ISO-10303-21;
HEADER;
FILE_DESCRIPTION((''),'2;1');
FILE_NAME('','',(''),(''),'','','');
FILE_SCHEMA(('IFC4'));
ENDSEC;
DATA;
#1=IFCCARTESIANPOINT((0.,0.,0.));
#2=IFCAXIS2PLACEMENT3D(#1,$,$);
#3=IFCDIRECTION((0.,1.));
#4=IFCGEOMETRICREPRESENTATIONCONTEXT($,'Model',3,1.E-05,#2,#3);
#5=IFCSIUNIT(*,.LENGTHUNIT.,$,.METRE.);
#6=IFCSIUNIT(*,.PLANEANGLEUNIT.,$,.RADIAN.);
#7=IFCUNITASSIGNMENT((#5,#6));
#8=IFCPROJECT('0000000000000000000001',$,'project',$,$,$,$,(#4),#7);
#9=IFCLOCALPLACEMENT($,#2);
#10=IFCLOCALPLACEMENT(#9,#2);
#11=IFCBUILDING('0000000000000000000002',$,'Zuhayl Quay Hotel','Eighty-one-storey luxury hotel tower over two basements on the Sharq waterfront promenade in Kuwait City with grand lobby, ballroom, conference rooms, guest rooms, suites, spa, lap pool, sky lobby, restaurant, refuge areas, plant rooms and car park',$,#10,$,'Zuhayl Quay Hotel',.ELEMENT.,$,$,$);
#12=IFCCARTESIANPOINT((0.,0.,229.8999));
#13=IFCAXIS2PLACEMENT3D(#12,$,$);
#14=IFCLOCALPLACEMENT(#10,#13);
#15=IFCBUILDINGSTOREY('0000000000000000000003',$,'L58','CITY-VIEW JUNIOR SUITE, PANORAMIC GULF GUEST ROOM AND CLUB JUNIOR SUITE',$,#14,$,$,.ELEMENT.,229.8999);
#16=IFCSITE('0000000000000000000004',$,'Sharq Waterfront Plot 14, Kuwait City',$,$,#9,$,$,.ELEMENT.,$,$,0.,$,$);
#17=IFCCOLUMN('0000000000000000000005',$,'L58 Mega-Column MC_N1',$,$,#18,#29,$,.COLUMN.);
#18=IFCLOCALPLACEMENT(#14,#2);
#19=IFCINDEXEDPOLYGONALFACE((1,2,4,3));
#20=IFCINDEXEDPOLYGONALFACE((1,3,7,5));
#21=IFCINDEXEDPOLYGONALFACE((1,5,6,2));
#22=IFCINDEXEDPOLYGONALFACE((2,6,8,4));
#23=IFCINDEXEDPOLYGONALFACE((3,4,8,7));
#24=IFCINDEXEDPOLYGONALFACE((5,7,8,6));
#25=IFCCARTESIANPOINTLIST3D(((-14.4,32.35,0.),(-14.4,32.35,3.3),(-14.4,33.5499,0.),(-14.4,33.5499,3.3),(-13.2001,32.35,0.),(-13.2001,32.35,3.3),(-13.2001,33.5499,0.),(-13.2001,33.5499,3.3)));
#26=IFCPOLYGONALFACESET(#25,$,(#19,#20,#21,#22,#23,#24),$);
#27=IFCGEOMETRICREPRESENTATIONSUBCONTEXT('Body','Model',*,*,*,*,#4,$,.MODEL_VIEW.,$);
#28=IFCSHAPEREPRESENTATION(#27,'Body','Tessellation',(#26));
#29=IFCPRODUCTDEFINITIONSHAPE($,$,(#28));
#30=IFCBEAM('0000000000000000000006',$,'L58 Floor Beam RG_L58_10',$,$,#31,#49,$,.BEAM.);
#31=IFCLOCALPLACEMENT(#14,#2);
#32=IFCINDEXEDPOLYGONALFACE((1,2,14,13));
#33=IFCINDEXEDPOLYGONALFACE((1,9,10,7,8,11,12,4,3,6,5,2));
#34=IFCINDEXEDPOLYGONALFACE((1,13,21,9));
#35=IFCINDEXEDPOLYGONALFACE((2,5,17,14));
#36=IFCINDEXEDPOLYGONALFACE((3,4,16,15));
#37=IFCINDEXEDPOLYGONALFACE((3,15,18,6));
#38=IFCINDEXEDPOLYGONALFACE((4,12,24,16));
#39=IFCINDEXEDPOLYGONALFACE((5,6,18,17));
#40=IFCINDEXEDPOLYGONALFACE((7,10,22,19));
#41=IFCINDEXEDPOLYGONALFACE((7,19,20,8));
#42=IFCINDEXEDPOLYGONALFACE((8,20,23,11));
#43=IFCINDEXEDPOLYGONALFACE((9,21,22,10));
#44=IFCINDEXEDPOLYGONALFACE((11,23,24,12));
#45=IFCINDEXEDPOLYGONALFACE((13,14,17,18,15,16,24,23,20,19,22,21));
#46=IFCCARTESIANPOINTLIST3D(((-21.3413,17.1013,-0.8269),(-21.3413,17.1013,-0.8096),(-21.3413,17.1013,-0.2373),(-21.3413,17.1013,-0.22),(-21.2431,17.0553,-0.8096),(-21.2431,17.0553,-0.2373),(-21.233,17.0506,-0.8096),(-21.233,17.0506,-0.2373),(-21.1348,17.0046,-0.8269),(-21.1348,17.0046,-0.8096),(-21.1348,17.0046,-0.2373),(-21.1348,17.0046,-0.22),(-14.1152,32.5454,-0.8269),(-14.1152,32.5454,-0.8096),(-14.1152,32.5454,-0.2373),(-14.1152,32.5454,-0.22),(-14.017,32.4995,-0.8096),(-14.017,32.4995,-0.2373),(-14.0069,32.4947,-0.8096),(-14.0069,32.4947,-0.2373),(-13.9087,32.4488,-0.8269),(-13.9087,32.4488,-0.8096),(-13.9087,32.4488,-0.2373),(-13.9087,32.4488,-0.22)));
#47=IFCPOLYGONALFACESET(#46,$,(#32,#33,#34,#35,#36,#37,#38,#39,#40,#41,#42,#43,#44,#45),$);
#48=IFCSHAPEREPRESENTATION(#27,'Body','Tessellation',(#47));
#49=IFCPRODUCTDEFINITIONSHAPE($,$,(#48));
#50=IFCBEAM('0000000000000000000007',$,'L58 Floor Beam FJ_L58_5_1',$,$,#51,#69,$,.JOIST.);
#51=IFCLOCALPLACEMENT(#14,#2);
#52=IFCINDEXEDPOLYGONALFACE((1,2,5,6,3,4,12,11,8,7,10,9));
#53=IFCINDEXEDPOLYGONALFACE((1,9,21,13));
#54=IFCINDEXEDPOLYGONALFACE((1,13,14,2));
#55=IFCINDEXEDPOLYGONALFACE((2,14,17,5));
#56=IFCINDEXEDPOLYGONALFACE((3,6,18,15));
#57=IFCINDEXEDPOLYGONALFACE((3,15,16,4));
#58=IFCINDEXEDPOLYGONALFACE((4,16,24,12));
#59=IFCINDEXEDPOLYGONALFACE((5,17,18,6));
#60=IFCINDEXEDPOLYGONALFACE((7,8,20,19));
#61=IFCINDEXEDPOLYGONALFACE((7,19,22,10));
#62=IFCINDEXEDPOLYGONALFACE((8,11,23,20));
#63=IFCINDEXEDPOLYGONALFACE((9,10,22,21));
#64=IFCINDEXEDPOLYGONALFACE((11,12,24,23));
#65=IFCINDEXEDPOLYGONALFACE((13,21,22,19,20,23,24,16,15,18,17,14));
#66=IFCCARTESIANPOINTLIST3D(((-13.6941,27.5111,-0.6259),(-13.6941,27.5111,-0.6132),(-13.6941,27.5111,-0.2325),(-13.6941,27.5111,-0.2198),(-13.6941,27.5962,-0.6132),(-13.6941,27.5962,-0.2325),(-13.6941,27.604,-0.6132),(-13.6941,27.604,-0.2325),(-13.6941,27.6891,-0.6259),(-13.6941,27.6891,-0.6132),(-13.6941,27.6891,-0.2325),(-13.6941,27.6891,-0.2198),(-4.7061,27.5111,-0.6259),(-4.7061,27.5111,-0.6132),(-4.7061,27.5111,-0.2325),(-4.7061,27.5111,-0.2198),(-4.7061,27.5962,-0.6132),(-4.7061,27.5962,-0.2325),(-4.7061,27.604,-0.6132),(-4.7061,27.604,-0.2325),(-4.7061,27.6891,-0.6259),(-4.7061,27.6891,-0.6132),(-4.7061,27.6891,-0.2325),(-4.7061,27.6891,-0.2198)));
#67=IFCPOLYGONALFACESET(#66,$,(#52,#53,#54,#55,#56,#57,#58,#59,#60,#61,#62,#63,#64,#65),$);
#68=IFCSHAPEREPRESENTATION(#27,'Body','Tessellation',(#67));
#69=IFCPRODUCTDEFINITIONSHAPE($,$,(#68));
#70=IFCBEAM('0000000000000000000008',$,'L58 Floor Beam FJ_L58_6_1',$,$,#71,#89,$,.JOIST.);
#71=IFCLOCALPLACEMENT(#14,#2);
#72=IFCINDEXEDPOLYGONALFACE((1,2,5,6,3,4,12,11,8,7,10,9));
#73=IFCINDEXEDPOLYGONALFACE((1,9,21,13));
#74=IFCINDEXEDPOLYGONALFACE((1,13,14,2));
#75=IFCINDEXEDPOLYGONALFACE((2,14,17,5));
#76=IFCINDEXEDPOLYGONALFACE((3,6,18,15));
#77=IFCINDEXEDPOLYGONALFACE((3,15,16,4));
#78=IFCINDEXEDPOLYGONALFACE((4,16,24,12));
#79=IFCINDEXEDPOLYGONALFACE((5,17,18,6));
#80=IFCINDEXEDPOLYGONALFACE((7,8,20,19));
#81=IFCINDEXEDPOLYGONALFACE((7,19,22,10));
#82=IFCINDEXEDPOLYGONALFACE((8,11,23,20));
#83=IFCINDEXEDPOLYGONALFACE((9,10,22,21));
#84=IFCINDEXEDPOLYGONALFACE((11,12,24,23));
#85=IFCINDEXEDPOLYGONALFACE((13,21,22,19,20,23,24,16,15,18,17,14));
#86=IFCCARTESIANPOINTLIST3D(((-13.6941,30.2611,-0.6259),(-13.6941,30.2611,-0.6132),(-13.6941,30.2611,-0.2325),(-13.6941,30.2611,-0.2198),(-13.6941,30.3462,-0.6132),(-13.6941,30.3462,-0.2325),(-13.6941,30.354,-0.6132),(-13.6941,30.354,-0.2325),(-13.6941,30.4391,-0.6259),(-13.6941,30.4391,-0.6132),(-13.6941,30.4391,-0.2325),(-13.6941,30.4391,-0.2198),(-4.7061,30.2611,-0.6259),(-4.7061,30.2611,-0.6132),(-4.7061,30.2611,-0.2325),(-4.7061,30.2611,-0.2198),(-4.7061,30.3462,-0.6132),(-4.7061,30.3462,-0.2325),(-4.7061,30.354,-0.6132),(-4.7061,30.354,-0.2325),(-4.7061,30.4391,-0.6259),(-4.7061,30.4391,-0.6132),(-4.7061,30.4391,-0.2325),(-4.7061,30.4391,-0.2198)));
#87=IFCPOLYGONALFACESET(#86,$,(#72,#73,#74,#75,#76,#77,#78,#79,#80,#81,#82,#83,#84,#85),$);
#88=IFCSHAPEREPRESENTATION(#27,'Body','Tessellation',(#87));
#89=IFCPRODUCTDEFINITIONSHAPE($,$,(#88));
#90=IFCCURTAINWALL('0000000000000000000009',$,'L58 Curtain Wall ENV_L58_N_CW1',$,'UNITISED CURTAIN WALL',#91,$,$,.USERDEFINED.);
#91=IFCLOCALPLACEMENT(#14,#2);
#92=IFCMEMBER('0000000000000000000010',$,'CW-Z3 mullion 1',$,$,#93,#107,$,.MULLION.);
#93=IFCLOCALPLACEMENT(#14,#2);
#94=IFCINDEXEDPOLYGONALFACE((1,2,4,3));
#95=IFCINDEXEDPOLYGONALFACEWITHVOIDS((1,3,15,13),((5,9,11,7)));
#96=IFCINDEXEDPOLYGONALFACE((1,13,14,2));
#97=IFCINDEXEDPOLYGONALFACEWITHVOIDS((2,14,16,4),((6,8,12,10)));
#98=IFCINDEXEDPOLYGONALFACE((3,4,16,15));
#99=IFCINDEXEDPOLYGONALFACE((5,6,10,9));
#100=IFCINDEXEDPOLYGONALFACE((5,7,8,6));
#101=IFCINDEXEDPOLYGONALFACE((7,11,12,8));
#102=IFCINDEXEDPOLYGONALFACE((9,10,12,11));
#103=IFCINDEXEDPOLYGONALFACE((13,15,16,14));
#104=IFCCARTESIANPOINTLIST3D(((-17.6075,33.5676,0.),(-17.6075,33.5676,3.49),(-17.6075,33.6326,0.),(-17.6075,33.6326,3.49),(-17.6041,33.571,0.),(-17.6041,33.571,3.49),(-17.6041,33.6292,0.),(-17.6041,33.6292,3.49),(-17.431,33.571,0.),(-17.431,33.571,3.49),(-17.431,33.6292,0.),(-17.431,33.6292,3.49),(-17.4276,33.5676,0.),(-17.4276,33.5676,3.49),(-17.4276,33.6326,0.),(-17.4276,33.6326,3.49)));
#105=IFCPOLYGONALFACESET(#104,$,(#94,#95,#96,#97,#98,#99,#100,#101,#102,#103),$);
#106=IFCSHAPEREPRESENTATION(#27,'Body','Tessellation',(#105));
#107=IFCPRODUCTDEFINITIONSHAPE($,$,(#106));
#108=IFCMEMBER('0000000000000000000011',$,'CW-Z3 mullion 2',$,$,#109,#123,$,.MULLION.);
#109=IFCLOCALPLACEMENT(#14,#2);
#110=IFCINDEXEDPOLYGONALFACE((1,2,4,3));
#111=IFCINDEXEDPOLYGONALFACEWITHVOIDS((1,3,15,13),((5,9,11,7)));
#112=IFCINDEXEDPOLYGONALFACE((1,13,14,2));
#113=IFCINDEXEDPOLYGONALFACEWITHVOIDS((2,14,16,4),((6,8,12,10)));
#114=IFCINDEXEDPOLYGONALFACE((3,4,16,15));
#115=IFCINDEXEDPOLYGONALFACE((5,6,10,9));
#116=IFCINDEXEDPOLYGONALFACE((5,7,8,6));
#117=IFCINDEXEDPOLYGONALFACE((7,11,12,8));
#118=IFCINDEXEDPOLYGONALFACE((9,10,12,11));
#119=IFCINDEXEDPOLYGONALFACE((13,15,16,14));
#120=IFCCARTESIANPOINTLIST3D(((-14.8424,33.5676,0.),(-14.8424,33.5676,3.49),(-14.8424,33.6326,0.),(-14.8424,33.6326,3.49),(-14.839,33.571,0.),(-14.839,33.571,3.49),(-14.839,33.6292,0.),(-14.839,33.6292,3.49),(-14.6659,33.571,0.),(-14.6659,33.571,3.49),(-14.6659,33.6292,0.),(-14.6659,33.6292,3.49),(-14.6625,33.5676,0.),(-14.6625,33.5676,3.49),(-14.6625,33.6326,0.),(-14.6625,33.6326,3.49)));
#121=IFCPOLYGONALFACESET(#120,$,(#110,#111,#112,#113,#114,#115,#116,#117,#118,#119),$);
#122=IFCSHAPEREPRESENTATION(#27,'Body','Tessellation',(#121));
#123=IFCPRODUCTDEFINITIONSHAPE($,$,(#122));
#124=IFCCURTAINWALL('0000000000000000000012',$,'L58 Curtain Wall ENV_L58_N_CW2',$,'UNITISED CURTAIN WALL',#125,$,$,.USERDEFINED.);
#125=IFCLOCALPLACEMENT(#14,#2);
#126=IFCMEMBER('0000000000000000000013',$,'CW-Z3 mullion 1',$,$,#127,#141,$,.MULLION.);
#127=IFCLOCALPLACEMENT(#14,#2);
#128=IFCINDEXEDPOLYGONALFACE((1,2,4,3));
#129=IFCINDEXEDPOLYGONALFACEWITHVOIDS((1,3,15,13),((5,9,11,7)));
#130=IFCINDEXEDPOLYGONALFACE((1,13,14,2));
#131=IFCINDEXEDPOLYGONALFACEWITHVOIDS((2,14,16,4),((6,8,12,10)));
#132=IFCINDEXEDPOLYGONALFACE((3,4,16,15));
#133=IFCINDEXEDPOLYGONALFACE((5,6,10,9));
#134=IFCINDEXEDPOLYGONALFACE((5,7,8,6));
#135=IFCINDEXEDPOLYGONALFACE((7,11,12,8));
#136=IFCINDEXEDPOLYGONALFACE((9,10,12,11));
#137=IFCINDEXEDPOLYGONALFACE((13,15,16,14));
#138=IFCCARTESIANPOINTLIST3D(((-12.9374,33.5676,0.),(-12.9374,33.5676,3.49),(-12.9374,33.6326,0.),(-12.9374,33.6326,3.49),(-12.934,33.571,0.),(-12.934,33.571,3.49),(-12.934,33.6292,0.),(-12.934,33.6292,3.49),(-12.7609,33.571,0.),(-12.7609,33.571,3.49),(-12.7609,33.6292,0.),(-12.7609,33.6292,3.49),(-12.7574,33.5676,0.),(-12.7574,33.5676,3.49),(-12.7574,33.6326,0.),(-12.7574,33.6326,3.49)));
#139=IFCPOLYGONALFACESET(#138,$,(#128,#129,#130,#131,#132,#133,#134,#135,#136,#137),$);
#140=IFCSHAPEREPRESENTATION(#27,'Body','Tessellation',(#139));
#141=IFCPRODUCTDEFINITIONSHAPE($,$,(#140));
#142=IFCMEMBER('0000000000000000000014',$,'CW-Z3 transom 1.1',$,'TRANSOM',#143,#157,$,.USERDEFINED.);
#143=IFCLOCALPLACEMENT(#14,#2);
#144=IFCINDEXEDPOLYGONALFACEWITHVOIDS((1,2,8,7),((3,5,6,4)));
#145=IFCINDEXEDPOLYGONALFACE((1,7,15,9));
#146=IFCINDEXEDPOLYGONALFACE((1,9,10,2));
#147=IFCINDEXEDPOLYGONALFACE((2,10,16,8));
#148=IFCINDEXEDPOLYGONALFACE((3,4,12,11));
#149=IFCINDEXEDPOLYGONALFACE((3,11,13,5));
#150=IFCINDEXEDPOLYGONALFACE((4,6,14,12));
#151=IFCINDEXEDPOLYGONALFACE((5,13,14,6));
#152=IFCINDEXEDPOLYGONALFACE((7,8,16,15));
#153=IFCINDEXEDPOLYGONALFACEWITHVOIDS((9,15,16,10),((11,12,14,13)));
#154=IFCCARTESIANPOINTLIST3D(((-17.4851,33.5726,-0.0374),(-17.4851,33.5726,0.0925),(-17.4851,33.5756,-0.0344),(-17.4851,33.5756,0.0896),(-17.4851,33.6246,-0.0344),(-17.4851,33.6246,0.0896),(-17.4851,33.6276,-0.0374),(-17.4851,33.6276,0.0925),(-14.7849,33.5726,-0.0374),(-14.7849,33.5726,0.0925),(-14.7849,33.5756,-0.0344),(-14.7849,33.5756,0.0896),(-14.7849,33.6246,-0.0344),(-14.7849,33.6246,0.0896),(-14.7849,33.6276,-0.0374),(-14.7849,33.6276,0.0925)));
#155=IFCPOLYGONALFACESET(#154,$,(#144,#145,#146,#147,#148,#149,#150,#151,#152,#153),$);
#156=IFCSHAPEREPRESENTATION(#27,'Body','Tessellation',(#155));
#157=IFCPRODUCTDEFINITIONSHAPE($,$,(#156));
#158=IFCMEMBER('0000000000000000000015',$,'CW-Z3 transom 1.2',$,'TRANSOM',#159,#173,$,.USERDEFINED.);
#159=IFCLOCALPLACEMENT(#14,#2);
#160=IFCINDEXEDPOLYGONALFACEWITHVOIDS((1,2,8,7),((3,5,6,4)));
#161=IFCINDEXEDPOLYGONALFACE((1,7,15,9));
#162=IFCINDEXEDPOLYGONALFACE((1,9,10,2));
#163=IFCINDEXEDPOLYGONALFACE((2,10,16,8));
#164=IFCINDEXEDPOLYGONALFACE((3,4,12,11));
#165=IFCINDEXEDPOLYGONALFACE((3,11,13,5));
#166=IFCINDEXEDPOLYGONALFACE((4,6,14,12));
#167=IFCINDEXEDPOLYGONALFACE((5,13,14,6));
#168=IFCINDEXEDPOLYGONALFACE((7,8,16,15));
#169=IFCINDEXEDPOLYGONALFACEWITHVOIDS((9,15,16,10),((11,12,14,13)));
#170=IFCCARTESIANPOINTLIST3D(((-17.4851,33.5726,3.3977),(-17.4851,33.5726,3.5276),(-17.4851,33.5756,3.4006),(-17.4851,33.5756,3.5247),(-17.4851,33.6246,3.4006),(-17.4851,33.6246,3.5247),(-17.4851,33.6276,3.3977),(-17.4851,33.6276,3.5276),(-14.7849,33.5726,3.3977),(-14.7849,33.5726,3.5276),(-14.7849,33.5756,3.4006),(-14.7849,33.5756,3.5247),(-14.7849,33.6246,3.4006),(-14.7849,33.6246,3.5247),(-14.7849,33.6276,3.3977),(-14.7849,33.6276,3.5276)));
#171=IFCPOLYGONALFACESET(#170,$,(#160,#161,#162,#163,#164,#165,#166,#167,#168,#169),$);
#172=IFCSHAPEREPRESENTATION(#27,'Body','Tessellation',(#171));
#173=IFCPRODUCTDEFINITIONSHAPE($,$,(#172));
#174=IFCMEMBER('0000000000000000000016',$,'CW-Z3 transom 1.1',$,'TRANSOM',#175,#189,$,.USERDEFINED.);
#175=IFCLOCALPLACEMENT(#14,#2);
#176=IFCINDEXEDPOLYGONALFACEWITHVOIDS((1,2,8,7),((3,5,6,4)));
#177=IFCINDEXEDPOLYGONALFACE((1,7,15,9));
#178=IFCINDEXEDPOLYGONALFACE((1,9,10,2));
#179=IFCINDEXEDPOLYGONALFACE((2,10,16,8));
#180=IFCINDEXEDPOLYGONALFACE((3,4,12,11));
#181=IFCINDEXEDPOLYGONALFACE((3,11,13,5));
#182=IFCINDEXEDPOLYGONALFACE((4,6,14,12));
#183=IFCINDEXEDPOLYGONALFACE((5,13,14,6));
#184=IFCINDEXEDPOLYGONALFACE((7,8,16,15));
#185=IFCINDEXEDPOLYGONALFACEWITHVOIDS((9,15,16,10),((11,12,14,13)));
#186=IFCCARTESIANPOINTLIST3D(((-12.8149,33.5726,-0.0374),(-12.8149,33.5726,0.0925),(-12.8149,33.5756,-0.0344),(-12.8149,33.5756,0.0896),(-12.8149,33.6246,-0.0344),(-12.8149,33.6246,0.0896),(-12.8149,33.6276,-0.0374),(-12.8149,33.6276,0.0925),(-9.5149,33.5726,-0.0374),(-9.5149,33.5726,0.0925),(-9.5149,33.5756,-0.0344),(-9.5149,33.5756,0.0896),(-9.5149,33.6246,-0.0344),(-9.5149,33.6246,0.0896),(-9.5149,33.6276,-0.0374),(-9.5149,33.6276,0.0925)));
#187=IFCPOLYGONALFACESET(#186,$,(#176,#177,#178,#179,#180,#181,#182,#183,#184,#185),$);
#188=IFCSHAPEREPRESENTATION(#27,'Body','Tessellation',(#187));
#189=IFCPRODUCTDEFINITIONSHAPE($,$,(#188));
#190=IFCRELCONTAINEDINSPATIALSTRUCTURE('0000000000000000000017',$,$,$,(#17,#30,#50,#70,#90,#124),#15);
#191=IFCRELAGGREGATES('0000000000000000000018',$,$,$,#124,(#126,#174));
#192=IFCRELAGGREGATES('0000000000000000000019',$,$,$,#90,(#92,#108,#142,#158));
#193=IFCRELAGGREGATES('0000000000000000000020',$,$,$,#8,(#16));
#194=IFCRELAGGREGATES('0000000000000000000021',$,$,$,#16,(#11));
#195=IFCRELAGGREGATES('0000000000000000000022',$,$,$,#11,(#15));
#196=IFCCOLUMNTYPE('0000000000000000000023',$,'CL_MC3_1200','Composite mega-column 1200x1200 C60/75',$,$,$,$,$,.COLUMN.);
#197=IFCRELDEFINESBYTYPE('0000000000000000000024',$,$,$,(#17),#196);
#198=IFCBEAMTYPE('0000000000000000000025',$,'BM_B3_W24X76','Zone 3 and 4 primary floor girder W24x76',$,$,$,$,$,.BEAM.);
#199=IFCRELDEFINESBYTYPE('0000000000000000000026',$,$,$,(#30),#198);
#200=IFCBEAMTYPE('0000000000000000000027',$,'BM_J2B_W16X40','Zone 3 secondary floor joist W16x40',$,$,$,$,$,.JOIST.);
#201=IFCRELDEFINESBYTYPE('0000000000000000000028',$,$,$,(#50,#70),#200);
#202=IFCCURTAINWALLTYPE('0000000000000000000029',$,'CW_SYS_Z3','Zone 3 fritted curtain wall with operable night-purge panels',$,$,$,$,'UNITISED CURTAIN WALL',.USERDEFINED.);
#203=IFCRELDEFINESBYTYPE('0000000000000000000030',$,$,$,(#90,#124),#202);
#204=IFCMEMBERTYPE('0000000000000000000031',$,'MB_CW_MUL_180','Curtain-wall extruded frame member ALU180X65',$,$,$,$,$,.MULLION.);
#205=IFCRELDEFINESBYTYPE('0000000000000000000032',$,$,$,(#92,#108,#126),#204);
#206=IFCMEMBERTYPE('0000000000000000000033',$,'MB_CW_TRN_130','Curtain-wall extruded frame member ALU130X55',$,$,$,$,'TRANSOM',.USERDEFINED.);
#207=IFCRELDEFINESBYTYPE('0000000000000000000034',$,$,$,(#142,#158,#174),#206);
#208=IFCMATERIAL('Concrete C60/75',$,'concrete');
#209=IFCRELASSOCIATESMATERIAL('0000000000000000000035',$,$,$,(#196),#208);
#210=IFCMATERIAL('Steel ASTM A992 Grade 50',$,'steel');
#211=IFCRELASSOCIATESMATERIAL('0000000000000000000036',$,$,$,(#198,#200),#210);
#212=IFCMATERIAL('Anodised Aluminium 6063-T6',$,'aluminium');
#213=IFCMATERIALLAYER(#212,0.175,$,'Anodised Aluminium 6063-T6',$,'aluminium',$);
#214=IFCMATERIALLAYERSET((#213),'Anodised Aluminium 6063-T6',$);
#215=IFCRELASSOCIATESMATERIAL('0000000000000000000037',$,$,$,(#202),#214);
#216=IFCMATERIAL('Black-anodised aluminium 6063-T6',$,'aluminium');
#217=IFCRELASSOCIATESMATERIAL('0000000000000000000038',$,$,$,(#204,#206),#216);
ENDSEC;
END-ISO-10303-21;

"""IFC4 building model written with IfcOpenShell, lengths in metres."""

from ifc_helpers import new_model, si_unit, direction, frame, origin, origin_2d, place, context, subcontext, project, spatial, rectangle, hollow_rectangle, i_section, extrude, material, layer, layer_set, material_profile, profile_set, type_object, element, aggregate, save


model = new_model("IFC4")

# Units and contexts
model_context = context("Model", 3, precision=1e-05, world=origin(), true_north=direction((0.0, 1.0)))
body_context = subcontext(model_context, "Body", "Model", "MODEL_VIEW")
ifc_project = project(units=[si_unit("LENGTHUNIT", "METRE"), si_unit("PLANEANGLEUNIT", "RADIAN")], contexts=[model_context])

# Site, building, storey
site_placement = place(None, origin())
site = spatial("IfcSite", under=ifc_project, at=site_placement, Name="Sharq Waterfront Plot 14, Kuwait City", CompositionType="ELEMENT", RefElevation=0.0)
building_placement = place(site_placement, origin())
building = spatial("IfcBuilding", under=site, at=building_placement, Name="Zuhayl Quay Hotel", Description="Eighty-one-storey luxury hotel tower over two basements on the Sharq waterfront promenade in Kuwait City with grand lobby, ballroom, conference rooms, guest rooms, suites, spa, lap pool, sky lobby, restaurant, refuge areas, plant rooms and car park", LongName="Zuhayl Quay Hotel", CompositionType="ELEMENT")
storey_placement = place(building_placement, frame((0.0, 0.0, 229.8999)))
storey = spatial("IfcBuildingStorey", under=building, at=storey_placement, Name="L58", Description="CITY-VIEW JUNIOR SUITE, PANORAMIC GULF GUEST ROOM AND CLUB JUNIOR SUITE", CompositionType="ELEMENT", Elevation=229.8999)

# Column
ifc_material_1 = material(Name="Concrete C60/75", Category="concrete")
ifc_material_profile_1 = material_profile(ifc_material_1, rectangle(XDim=1.2, YDim=1.2, at=origin_2d()), Name="RC1200X1200")
ifc_profile_set_1 = profile_set([ifc_material_profile_1], Name="Concrete C60/75")
column_type = type_object("IfcColumnType", Name="CL_MC3_1200", Description="Composite mega-column 1200x1200 C60/75", PredefinedType="COLUMN", material=ifc_profile_set_1)
column_placement = place(storey_placement, frame((-13.8, 32.95, 0.0), z_axis=(0.0, 0.0, 1.0), x_axis=(1.0, 0.0, 0.0)))
element("IfcColumn", 1, at=column_placement, inside=storey, type_object=column_type, Name="L58 Mega-Column MC_N1", PredefinedType="COLUMN", context=body_context, shape_type="SweptSolid", body=[
    extrude(rectangle(XDim=1.2, YDim=1.2, at=origin_2d()), origin(), (0.0, 0.0, 1.0), 3.3),
])

# Beams
ifc_material_2 = material(Name="Steel ASTM A992 Grade 50", Category="steel")
ifc_material_profile_2 = material_profile(ifc_material_2, i_section(OverallWidth=0.228, OverallDepth=0.6069, WebThickness=0.0112, FlangeThickness=0.0173, at=origin_2d()), Name="W24X76")
ifc_profile_set_2 = profile_set([ifc_material_profile_2], Name="Steel ASTM A992 Grade 50")
beam_type_1 = type_object("IfcBeamType", Name="BM_B3_W24X76", Description="Zone 3 and 4 primary floor girder W24x76", PredefinedType="BEAM", material=ifc_profile_set_2)
beam_placement = place(storey_placement, frame((-14.012, 32.4971, -0.5234), z_axis=(-0.423792, -0.905759, 0.0), x_axis=(0.905759, -0.423792, 0.0)))
element("IfcBeam", 2, at=beam_placement, inside=storey, type_object=beam_type_1, Name="L58 Floor Beam RG_L58_10", PredefinedType="BEAM", context=body_context, shape_type="SweptSolid", body=[
    extrude(i_section(OverallWidth=0.228, OverallDepth=0.6069, WebThickness=0.0112, FlangeThickness=0.0173, at=origin_2d()), origin(), (0.0, 0.0, 1.0), 17.051),
])
ifc_material_profile_3 = material_profile(ifc_material_2, i_section(OverallWidth=0.178, OverallDepth=0.406, WebThickness=0.0078, FlangeThickness=0.0127, at=origin_2d()), Name="W16X40")
ifc_profile_set_3 = profile_set([ifc_material_profile_3], Name="Steel ASTM A992 Grade 50")
beam_type_2 = type_object("IfcBeamType", Name="BM_J2B_W16X40", Description="Zone 3 secondary floor joist W16x40", PredefinedType="JOIST", material=ifc_profile_set_3)
for number, where, z_axis, x_axis, name in (
    (3, (-13.6941, 27.6001, -0.4229), (1.0, 0.0, 0.0), (0.0, 1.0, 0.0), "L58 Floor Beam FJ_L58_5_1"),
    (4, (-13.6941, 30.3501, -0.4229), (1.0, 0.0, 0.0), (0.0, 1.0, 0.0), "L58 Floor Beam FJ_L58_6_1"),
):
    element("IfcBeam", number, at=place(storey_placement, frame(where, z_axis=z_axis, x_axis=x_axis)), inside=storey, type_object=beam_type_2, Name=name, PredefinedType="JOIST", context=body_context, shape_type="SweptSolid", body=[
        extrude(i_section(OverallWidth=0.178, OverallDepth=0.406, WebThickness=0.0078, FlangeThickness=0.0127, at=origin_2d()), origin(), (0.0, 0.0, 1.0), 8.988),
    ])

# Curtain wall, members
ifc_material_3 = material(Name="Anodised Aluminium 6063-T6", Category="aluminium")
ifc_layer_1 = layer(ifc_material_3, 0.175, Name="Anodised Aluminium 6063-T6", Category="aluminium")
ifc_layer_set_1 = layer_set([ifc_layer_1], Name="Anodised Aluminium 6063-T6")
curtain_wall_type = type_object("IfcCurtainWallType", Name="CW_SYS_Z3", Description="Zone 3 fritted curtain wall with operable night-purge panels", ElementType="UNITISED CURTAIN WALL", PredefinedType="USERDEFINED", material=ifc_layer_set_1)
curtain_wall_1_placement = place(storey_placement, origin())
curtain_wall_1 = element("IfcCurtainWall", 5, at=curtain_wall_1_placement, inside=storey, type_object=curtain_wall_type, Name="L58 Curtain Wall ENV_L58_N_CW1", ObjectType="UNITISED CURTAIN WALL", PredefinedType="USERDEFINED")
ifc_material_4 = material(Name="Black-anodised aluminium 6063-T6", Category="aluminium")
ifc_material_profile_4 = material_profile(ifc_material_4, hollow_rectangle(XDim=0.0649, YDim=0.1799, WallThickness=0.0034, at=origin_2d()), Name="ALU180X65")
ifc_profile_set_4 = profile_set([ifc_material_profile_4], Name="Black-anodised aluminium 6063-T6")
member_type_1 = type_object("IfcMemberType", Name="MB_CW_MUL_180", Description="Curtain-wall extruded frame member ALU180X65", PredefinedType="MULLION", material=ifc_profile_set_4)
member_1_placement = place(storey_placement, frame((-17.5176, 33.6001, 0.0), z_axis=(0.0, 0.0, 1.0), x_axis=(0.0, 1.0, 0.0)))
member_1 = element("IfcMember", 6, at=member_1_placement, type_object=member_type_1, Name="CW-Z3 mullion 1", PredefinedType="MULLION", context=body_context, shape_type="SweptSolid", body=[
    extrude(hollow_rectangle(XDim=0.0649, YDim=0.1799, WallThickness=0.0034, at=origin_2d()), origin(), (0.0, 0.0, 1.0), 3.49),
])
member_2_placement = place(storey_placement, frame((-14.7524, 33.6001, 0.0), z_axis=(0.0, 0.0, 1.0), x_axis=(0.0, 1.0, 0.0)))
member_2 = element("IfcMember", 7, at=member_2_placement, type_object=member_type_1, Name="CW-Z3 mullion 2", PredefinedType="MULLION", context=body_context, shape_type="SweptSolid", body=[
    extrude(hollow_rectangle(XDim=0.0649, YDim=0.1799, WallThickness=0.0034, at=origin_2d()), origin(), (0.0, 0.0, 1.0), 3.49),
])

# Curtain wall, member
curtain_wall_2_placement = place(storey_placement, origin())
curtain_wall_2 = element("IfcCurtainWall", 8, at=curtain_wall_2_placement, inside=storey, type_object=curtain_wall_type, Name="L58 Curtain Wall ENV_L58_N_CW2", ObjectType="UNITISED CURTAIN WALL", PredefinedType="USERDEFINED")
member_3_placement = place(storey_placement, frame((-12.8474, 33.6001, 0.0), z_axis=(0.0, 0.0, 1.0), x_axis=(0.0, 1.0, 0.0)))
member_3 = element("IfcMember", 9, at=member_3_placement, type_object=member_type_1, Name="CW-Z3 mullion 1", PredefinedType="MULLION", context=body_context, shape_type="SweptSolid", body=[
    extrude(hollow_rectangle(XDim=0.0649, YDim=0.1799, WallThickness=0.0034, at=origin_2d()), origin(), (0.0, 0.0, 1.0), 3.49),
])

# Members
ifc_material_profile_5 = material_profile(ifc_material_4, hollow_rectangle(XDim=0.0549, YDim=0.1299, WallThickness=0.0029, at=origin_2d()), Name="ALU130X55")
ifc_profile_set_5 = profile_set([ifc_material_profile_5], Name="Black-anodised aluminium 6063-T6")
member_type_2 = type_object("IfcMemberType", Name="MB_CW_TRN_130", Description="Curtain-wall extruded frame member ALU130X55", ElementType="TRANSOM", PredefinedType="USERDEFINED", material=ifc_profile_set_5)
member_4_placement = place(storey_placement, frame((-17.4851, 33.6001, 0.0276), z_axis=(1.0, 0.0, 0.0), x_axis=(0.0, 1.0, 0.0)))
member_4 = element("IfcMember", 10, at=member_4_placement, type_object=member_type_2, Name="CW-Z3 transom 1.1", ObjectType="TRANSOM", PredefinedType="USERDEFINED", context=body_context, shape_type="SweptSolid", body=[
    extrude(hollow_rectangle(XDim=0.0549, YDim=0.1299, WallThickness=0.0029, at=origin_2d()), origin(), (0.0, 0.0, 1.0), 2.7002),
])
member_5_placement = place(storey_placement, frame((-17.4851, 33.6001, 3.4626), z_axis=(1.0, 0.0, 0.0), x_axis=(0.0, 1.0, 0.0)))
member_5 = element("IfcMember", 11, at=member_5_placement, type_object=member_type_2, Name="CW-Z3 transom 1.2", ObjectType="TRANSOM", PredefinedType="USERDEFINED", context=body_context, shape_type="SweptSolid", body=[
    extrude(hollow_rectangle(XDim=0.0549, YDim=0.1299, WallThickness=0.0029, at=origin_2d()), origin(), (0.0, 0.0, 1.0), 2.7002),
])
member_6_placement = place(storey_placement, frame((-12.8149, 33.6001, 0.0276), z_axis=(1.0, 0.0, 0.0), x_axis=(0.0, 1.0, 0.0)))
member_6 = element("IfcMember", 12, at=member_6_placement, type_object=member_type_2, Name="CW-Z3 transom 1.1", ObjectType="TRANSOM", PredefinedType="USERDEFINED", context=body_context, shape_type="SweptSolid", body=[
    extrude(hollow_rectangle(XDim=0.0549, YDim=0.1299, WallThickness=0.0029, at=origin_2d()), origin(), (0.0, 0.0, 1.0), 3.3),
])
aggregate(curtain_wall_2, [member_3, member_6])

aggregate(curtain_wall_1, [member_1, member_2, member_4, member_5])

save(model, "model.ifc")
